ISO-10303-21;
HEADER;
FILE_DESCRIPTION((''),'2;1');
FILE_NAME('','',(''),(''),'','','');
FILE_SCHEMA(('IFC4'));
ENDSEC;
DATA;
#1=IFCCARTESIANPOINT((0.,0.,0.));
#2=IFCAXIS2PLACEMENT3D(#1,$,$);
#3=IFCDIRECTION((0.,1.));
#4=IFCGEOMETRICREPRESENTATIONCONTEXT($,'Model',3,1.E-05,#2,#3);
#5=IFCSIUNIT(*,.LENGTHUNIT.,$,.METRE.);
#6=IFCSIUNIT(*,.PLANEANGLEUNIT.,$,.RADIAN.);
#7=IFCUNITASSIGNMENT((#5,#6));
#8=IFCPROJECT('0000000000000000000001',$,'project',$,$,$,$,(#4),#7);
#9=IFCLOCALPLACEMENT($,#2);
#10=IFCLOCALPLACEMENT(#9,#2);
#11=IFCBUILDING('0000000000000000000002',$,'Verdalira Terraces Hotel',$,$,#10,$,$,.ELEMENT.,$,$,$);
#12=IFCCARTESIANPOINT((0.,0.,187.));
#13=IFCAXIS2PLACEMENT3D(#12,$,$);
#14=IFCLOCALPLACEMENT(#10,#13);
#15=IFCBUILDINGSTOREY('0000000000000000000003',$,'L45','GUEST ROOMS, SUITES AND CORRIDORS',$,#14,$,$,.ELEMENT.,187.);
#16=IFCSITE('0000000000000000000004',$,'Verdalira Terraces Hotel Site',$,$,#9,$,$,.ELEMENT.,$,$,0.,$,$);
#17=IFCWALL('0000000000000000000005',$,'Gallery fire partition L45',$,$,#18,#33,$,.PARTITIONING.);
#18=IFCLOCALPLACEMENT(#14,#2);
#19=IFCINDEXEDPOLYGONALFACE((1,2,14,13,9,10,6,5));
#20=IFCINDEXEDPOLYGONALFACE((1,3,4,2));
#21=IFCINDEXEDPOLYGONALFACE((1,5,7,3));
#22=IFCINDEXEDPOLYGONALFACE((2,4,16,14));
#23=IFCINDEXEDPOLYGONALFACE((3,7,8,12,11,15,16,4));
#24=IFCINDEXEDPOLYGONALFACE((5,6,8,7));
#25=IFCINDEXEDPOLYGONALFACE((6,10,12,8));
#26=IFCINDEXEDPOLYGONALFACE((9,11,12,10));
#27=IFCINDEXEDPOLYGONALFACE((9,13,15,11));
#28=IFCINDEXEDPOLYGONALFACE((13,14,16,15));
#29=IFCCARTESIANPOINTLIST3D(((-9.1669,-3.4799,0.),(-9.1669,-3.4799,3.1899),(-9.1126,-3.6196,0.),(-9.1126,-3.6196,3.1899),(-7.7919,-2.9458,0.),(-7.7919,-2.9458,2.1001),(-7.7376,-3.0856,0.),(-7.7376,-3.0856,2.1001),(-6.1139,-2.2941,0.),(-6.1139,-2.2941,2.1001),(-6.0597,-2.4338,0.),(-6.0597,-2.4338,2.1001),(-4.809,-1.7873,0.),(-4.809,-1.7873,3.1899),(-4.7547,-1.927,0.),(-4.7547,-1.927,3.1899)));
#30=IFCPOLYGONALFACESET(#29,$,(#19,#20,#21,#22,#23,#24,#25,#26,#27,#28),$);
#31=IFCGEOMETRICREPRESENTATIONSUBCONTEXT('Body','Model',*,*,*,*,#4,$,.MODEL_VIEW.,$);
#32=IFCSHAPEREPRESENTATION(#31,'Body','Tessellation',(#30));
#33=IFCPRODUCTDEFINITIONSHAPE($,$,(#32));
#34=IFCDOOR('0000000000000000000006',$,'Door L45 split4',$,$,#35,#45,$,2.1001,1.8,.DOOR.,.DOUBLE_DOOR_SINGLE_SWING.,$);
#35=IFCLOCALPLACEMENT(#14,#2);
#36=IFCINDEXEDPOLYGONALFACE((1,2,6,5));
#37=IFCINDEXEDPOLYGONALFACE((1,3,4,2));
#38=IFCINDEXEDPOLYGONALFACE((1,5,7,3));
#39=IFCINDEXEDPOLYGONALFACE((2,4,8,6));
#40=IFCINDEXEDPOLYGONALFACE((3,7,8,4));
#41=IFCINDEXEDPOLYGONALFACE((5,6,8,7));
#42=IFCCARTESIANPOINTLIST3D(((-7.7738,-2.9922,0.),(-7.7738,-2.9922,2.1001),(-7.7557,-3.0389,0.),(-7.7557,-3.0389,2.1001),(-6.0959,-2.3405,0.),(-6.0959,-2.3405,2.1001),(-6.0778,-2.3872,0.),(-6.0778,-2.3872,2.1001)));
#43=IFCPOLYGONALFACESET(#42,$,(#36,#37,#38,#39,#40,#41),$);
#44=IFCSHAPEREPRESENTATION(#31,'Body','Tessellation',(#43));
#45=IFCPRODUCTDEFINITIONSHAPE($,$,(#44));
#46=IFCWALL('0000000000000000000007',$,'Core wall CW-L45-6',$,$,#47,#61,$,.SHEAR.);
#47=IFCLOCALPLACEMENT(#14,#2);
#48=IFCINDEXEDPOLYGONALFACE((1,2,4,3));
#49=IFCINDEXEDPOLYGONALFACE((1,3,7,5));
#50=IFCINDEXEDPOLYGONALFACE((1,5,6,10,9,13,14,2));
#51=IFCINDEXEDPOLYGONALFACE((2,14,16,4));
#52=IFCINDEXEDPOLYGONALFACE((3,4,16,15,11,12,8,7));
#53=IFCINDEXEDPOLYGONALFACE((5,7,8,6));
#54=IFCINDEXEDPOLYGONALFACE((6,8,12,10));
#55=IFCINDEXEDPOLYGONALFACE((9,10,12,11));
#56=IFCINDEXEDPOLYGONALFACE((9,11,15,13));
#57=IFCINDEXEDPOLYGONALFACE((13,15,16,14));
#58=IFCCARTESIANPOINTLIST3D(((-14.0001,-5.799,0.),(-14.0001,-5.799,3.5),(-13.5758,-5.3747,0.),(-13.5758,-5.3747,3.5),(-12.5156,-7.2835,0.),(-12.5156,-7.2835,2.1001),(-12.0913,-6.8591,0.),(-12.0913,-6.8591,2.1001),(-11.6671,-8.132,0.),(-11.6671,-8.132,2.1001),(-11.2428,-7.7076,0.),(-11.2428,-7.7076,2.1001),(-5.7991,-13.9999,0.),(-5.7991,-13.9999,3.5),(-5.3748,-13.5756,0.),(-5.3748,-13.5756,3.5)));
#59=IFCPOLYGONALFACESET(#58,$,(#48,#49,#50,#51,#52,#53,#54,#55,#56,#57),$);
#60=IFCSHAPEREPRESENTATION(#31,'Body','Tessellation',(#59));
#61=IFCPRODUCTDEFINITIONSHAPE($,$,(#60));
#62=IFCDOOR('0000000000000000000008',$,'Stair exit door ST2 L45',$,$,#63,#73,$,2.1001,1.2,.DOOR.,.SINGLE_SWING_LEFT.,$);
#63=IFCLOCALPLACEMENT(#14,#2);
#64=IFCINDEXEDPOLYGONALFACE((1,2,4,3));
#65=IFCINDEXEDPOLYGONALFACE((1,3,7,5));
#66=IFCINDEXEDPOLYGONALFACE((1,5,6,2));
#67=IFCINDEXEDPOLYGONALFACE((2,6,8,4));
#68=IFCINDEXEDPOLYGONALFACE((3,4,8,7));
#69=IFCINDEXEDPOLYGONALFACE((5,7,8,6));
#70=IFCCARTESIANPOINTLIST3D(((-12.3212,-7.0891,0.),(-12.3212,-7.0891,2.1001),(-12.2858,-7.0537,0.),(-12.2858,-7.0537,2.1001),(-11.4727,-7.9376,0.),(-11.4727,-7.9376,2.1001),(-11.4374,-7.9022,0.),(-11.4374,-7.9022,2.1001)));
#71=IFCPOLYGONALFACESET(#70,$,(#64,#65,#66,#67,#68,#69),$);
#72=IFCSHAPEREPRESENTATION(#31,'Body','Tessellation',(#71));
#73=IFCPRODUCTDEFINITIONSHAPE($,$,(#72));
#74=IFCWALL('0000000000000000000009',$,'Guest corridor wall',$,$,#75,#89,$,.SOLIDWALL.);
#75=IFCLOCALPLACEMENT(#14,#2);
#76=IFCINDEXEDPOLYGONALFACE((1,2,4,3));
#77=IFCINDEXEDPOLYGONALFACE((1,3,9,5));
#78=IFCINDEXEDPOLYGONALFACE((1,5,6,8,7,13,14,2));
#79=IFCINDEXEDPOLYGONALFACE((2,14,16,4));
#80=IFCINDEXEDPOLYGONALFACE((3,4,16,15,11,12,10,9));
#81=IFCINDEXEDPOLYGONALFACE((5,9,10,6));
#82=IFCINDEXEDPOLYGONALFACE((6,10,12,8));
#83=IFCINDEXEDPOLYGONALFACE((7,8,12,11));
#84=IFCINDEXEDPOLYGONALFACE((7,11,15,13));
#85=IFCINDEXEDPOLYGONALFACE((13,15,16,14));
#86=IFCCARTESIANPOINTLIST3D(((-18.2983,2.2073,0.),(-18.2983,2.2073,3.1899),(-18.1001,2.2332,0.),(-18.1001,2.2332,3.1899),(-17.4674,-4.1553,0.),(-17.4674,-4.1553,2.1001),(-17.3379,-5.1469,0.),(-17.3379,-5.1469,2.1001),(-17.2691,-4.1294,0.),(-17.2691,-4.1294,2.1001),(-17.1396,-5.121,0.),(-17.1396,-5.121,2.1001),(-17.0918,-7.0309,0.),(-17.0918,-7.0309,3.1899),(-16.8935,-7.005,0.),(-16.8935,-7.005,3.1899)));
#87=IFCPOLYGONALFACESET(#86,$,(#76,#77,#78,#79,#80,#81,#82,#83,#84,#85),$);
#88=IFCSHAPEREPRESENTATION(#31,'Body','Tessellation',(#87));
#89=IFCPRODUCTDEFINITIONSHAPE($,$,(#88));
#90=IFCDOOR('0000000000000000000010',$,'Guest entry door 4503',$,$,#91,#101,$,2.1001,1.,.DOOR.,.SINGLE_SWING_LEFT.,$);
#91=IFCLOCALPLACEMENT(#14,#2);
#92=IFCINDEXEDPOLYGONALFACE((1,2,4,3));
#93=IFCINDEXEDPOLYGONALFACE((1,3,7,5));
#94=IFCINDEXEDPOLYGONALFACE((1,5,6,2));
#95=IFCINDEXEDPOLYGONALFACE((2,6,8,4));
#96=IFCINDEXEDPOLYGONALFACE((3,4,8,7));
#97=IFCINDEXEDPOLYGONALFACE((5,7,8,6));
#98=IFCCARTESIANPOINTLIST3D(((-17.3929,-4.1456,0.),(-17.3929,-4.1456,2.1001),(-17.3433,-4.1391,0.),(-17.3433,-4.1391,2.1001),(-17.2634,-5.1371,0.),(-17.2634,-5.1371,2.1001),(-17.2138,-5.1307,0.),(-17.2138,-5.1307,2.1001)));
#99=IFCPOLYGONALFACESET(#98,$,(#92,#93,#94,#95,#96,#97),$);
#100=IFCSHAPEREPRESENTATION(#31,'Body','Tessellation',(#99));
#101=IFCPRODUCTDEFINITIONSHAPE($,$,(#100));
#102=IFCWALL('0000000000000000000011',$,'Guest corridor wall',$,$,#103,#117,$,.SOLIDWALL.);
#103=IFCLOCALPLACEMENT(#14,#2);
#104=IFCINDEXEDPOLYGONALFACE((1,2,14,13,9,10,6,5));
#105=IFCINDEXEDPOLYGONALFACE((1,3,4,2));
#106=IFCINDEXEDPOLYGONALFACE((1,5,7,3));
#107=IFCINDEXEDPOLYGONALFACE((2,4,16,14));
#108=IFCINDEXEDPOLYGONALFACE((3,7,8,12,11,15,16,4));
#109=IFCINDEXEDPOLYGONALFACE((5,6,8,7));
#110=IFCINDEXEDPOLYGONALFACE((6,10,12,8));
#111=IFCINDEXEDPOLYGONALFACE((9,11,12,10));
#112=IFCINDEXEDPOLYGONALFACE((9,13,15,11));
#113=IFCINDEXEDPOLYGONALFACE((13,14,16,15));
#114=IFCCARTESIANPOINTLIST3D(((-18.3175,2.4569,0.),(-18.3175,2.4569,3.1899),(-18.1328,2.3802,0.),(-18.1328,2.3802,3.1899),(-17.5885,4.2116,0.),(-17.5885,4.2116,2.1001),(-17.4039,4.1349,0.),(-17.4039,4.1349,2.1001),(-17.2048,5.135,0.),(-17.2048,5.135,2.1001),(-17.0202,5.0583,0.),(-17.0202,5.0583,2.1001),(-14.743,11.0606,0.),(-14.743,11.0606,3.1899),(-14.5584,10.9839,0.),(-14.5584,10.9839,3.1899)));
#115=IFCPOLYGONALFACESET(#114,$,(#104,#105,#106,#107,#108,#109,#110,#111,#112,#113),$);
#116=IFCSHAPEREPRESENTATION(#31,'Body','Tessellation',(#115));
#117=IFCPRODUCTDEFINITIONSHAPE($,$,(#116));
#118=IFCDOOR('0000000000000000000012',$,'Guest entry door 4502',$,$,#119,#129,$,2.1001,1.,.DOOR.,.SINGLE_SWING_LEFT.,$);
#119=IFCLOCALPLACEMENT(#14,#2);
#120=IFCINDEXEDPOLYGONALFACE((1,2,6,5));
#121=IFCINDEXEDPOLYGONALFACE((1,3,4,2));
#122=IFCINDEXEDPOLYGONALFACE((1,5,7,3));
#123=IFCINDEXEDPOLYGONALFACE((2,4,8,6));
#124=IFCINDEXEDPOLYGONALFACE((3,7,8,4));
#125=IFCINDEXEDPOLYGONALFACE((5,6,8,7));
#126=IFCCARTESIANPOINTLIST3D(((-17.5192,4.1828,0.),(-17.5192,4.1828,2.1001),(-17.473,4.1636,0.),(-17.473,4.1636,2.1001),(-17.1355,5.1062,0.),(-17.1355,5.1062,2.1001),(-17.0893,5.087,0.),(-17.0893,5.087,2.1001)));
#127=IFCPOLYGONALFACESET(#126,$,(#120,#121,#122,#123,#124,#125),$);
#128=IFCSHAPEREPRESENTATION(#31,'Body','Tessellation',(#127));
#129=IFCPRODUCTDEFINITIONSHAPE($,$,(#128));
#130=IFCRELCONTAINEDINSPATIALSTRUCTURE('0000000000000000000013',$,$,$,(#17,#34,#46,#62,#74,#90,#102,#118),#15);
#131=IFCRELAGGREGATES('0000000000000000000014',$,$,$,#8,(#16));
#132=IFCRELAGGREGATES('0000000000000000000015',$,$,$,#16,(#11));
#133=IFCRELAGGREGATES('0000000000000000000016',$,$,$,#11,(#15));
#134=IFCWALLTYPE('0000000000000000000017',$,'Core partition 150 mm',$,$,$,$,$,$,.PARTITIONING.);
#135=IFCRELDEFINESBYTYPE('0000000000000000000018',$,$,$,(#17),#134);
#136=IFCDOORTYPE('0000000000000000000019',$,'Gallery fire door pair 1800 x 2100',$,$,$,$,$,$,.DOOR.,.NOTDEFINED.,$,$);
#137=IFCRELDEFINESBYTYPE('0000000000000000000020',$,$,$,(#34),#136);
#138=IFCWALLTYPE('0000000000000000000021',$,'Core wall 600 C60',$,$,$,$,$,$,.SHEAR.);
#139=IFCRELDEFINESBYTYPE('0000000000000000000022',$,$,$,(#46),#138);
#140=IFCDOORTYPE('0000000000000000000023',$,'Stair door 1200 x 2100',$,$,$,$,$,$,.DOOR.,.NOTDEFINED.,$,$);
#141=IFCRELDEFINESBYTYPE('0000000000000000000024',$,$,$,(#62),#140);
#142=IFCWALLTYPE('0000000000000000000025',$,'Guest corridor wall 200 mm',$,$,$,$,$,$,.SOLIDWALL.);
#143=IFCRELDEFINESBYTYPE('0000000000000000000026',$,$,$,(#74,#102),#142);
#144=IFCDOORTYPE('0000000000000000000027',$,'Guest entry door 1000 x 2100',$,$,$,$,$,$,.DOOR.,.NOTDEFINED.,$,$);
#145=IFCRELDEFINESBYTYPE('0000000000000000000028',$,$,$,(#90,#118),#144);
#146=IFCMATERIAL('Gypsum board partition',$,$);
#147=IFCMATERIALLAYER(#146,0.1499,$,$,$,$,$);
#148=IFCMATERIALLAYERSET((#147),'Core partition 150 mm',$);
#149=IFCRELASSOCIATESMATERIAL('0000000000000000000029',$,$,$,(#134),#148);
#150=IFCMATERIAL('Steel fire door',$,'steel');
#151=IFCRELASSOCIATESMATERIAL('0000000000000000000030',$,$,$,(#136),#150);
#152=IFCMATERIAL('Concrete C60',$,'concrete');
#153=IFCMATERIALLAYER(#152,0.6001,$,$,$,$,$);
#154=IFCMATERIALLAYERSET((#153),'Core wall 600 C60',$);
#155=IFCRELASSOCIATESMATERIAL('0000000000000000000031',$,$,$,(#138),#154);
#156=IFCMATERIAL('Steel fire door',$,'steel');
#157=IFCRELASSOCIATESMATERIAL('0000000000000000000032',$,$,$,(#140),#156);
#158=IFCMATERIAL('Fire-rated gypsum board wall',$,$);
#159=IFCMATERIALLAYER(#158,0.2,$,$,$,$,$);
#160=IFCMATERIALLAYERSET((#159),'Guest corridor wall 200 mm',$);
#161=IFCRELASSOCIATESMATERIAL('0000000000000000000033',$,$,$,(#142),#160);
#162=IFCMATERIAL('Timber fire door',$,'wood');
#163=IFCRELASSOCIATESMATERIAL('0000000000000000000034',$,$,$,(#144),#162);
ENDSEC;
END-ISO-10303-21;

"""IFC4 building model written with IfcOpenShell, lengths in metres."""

from ifc_helpers import new_model, si_unit, direction, frame, frame_2d, origin, place, context, subcontext, project, spatial, rectangle, extrude, material, layer, layer_set, type_object, element, fill, save


model = new_model("IFC4")

# Units and contexts
model_context = context("Model", 3, precision=1e-05, world=origin(), true_north=direction((0.0, 1.0)))
body_context = subcontext(model_context, "Body", "Model", "MODEL_VIEW")
ifc_project = project(units=[si_unit("LENGTHUNIT", "METRE"), si_unit("PLANEANGLEUNIT", "RADIAN")], contexts=[model_context])

# Site, building, storey
site_placement = place(None, origin())
site = spatial("IfcSite", under=ifc_project, at=site_placement, Name="Verdalira Terraces Hotel Site", CompositionType="ELEMENT", RefElevation=0.0)
building_placement = place(site_placement, origin())
building = spatial("IfcBuilding", under=site, at=building_placement, Name="Verdalira Terraces Hotel", CompositionType="ELEMENT")
storey_placement = place(building_placement, frame((0.0, 0.0, 187.0)))
storey = spatial("IfcBuildingStorey", under=building, at=storey_placement, Name="L45", Description="GUEST ROOMS, SUITES AND CORRIDORS", CompositionType="ELEMENT", Elevation=187.0)

# Walls, openings, doors
ifc_material_1 = material(Name="Gypsum board partition")
ifc_layer_1 = layer(ifc_material_1, 0.1499)
ifc_layer_set_1 = layer_set([ifc_layer_1], Name="Core partition 150 mm")
wall_type_1 = type_object("IfcWallType", Name="Core partition 150 mm", PredefinedType="PARTITIONING", material=ifc_layer_set_1)
wall_1_placement = place(storey_placement, frame((-4.782, -1.8572, 0.0), z_axis=(0.0, 0.0, 1.0), x_axis=(-0.932157, -0.362053, 0.0)))
wall_1 = element("IfcWall", 1, at=wall_1_placement, inside=storey, type_object=wall_type_1, Name="Gallery fire partition L45", PredefinedType="PARTITIONING", context=body_context, shape_type="SweptSolid", body=[
    extrude(rectangle(XDim=4.675, YDim=0.1499, at=frame_2d((2.3374, 0.0))), origin(), (0.0, 0.0, 1.0), 3.1899),
])
opening_1_placement = place(wall_1_placement, frame((1.3999, 0.0, 0.0)))
opening_1 = element("IfcOpeningElement", 2, at=opening_1_placement, cuts=wall_1, PredefinedType="OPENING", context=body_context, shape_type="SweptSolid", body=[
    extrude(rectangle(XDim=1.8, YDim=2.1001, at=frame_2d((0.8999, 1.05))), frame((0.0, 0.085, 0.0), z_axis=(0.0, -1.0, 0.0), x_axis=(1.0, 0.0, 0.0)), (0.0, 0.0, 1.0), 0.1699),
])
ifc_material_2 = material(Name="Steel fire door", Category="steel")
door_type_1 = type_object("IfcDoorType", Name="Gallery fire door pair 1800 x 2100", OperationType="NOTDEFINED", PredefinedType="DOOR", material=ifc_material_2)
door_1_placement = place(opening_1_placement, origin())
door_1 = element("IfcDoor", 3, at=door_1_placement, inside=storey, type_object=door_type_1, Name="Door L45 split4", OperationType="DOUBLE_DOOR_SINGLE_SWING", OverallHeight=2.1001, OverallWidth=1.8, PredefinedType="DOOR", context=body_context, shape_type="SweptSolid", body=[
    extrude(rectangle(XDim=1.8, YDim=2.1001, at=frame_2d((0.8999, 1.05))), frame((0.0, 0.0249, 0.0), z_axis=(0.0, -1.0, 0.0), x_axis=(1.0, 0.0, 0.0)), (0.0, 0.0, 1.0), 0.05),
])
fill(opening_1, door_1)
ifc_material_3 = material(Name="Concrete C60", Category="concrete")
ifc_layer_2 = layer(ifc_material_3, 0.6001)
ifc_layer_set_2 = layer_set([ifc_layer_2], Name="Core wall 600 C60")
wall_type_2 = type_object("IfcWallType", Name="Core wall 600 C60", PredefinedType="SHEAR", material=ifc_layer_set_2)
wall_2_placement = place(storey_placement, frame((-13.7878, -5.5869, 0.0), z_axis=(0.0, 0.0, 1.0), x_axis=(0.707107, -0.707107, 0.0)))
wall_2 = element("IfcWall", 4, at=wall_2_placement, inside=storey, type_object=wall_type_2, Name="Core wall CW-L45-6", PredefinedType="SHEAR", context=body_context, shape_type="SweptSolid", body=[
    extrude(rectangle(XDim=11.5979, YDim=0.6001, at=frame_2d((5.7988, 0.0))), origin(), (0.0, 0.0, 1.0), 3.5),
])
opening_2_placement = place(wall_2_placement, frame((2.0991, 0.0, 0.0)))
opening_2 = element("IfcOpeningElement", 5, at=opening_2_placement, cuts=wall_2, PredefinedType="OPENING", context=body_context, shape_type="SweptSolid", body=[
    extrude(rectangle(XDim=1.2, YDim=2.1001, at=frame_2d((0.6001, 1.05))), frame((0.0, 0.3101, 0.0), z_axis=(0.0, -1.0, 0.0), x_axis=(1.0, 0.0, 0.0)), (0.0, 0.0, 1.0), 0.6201),
])
ifc_material_4 = material(Name="Steel fire door", Category="steel")
door_type_2 = type_object("IfcDoorType", Name="Stair door 1200 x 2100", OperationType="NOTDEFINED", PredefinedType="DOOR", material=ifc_material_4)
door_2_placement = place(opening_2_placement, origin())
door_2 = element("IfcDoor", 6, at=door_2_placement, inside=storey, type_object=door_type_2, Name="Stair exit door ST2 L45", OperationType="SINGLE_SWING_LEFT", OverallHeight=2.1001, OverallWidth=1.2, PredefinedType="DOOR", context=body_context, shape_type="SweptSolid", body=[
    extrude(rectangle(XDim=1.2, YDim=2.1001, at=frame_2d((0.6001, 1.05))), frame((0.0, 0.0249, 0.0), z_axis=(0.0, -1.0, 0.0), x_axis=(1.0, 0.0, 0.0)), (0.0, 0.0, 1.0), 0.05),
])
fill(opening_2, door_2)
ifc_material_5 = material(Name="Fire-rated gypsum board wall")
ifc_layer_3 = layer(ifc_material_5, 0.2)
ifc_layer_set_3 = layer_set([ifc_layer_3], Name="Guest corridor wall 200 mm")
wall_type_3 = type_object("IfcWallType", Name="Guest corridor wall 200 mm", PredefinedType="SOLIDWALL", material=ifc_layer_set_3)
wall_3_placement = place(storey_placement, frame((-16.9927, -7.0178, 0.0), z_axis=(0.0, 0.0, 1.0), x_axis=(-0.129503, 0.991579, 0.0)))
wall_3 = element("IfcWall", 7, at=wall_3_placement, inside=storey, type_object=wall_type_3, Name="Guest corridor wall", PredefinedType="SOLIDWALL", context=body_context, shape_type="SweptSolid", body=[
    extrude(rectangle(XDim=9.3166, YDim=0.2, at=frame_2d((4.6582, 0.0))), origin(), (0.0, 0.0, 1.0), 3.1899),
])
opening_3_placement = place(wall_3_placement, frame((1.8999, 0.0, 0.0)))
opening_3 = element("IfcOpeningElement", 8, at=opening_3_placement, cuts=wall_3, PredefinedType="OPENING", context=body_context, shape_type="SweptSolid", body=[
    extrude(rectangle(XDim=1.0, YDim=2.1001, at=frame_2d((0.5, 1.05))), frame((0.0, 0.1099, 0.0), z_axis=(0.0, -1.0, 0.0), x_axis=(1.0, 0.0, 0.0)), (0.0, 0.0, 1.0), 0.22),
])
ifc_material_6 = material(Name="Timber fire door", Category="wood")
door_type_3 = type_object("IfcDoorType", Name="Guest entry door 1000 x 2100", OperationType="NOTDEFINED", PredefinedType="DOOR", material=ifc_material_6)
door_3_placement = place(opening_3_placement, origin())
door_3 = element("IfcDoor", 9, at=door_3_placement, inside=storey, type_object=door_type_3, Name="Guest entry door 4503", OperationType="SINGLE_SWING_LEFT", OverallHeight=2.1001, OverallWidth=1.0, PredefinedType="DOOR", context=body_context, shape_type="SweptSolid", body=[
    extrude(rectangle(XDim=1.0, YDim=2.1001, at=frame_2d((0.5, 1.05))), frame((0.0, 0.0249, 0.0), z_axis=(0.0, -1.0, 0.0), x_axis=(1.0, 0.0, 0.0)), (0.0, 0.0, 1.0), 0.05),
])
fill(opening_3, door_3)
wall_4_placement = place(storey_placement, frame((-18.2251, 2.4187, 0.0), z_axis=(0.0, 0.0, 1.0), x_axis=(0.383661, 0.923474, 0.0)))
wall_4 = element("IfcWall", 10, at=wall_4_placement, inside=storey, type_object=wall_type_3, Name="Guest corridor wall", PredefinedType="SOLIDWALL", context=body_context, shape_type="SweptSolid", body=[
    extrude(rectangle(XDim=9.3166, YDim=0.2, at=frame_2d((4.6582, 0.0))), origin(), (0.0, 0.0, 1.0), 3.1899),
])
opening_4_placement = place(wall_4_placement, frame((1.8999, 0.0, 0.0)))
opening_4 = element("IfcOpeningElement", 11, at=opening_4_placement, cuts=wall_4, PredefinedType="OPENING", context=body_context, shape_type="SweptSolid", body=[
    extrude(rectangle(XDim=1.0, YDim=2.1001, at=frame_2d((0.5, 1.05))), frame((0.0, 0.1099, 0.0), z_axis=(0.0, -1.0, 0.0), x_axis=(1.0, 0.0, 0.0)), (0.0, 0.0, 1.0), 0.22),
])
door_4_placement = place(opening_4_placement, origin())
door_4 = element("IfcDoor", 12, at=door_4_placement, inside=storey, type_object=door_type_3, Name="Guest entry door 4502", OperationType="SINGLE_SWING_LEFT", OverallHeight=2.1001, OverallWidth=1.0, PredefinedType="DOOR", context=body_context, shape_type="SweptSolid", body=[
    extrude(rectangle(XDim=1.0, YDim=2.1001, at=frame_2d((0.5, 1.05))), frame((0.0, 0.0249, 0.0), z_axis=(0.0, -1.0, 0.0), x_axis=(1.0, 0.0, 0.0)), (0.0, 0.0, 1.0), 0.05),
])
fill(opening_4, door_4)

save(model, "model.ifc")
